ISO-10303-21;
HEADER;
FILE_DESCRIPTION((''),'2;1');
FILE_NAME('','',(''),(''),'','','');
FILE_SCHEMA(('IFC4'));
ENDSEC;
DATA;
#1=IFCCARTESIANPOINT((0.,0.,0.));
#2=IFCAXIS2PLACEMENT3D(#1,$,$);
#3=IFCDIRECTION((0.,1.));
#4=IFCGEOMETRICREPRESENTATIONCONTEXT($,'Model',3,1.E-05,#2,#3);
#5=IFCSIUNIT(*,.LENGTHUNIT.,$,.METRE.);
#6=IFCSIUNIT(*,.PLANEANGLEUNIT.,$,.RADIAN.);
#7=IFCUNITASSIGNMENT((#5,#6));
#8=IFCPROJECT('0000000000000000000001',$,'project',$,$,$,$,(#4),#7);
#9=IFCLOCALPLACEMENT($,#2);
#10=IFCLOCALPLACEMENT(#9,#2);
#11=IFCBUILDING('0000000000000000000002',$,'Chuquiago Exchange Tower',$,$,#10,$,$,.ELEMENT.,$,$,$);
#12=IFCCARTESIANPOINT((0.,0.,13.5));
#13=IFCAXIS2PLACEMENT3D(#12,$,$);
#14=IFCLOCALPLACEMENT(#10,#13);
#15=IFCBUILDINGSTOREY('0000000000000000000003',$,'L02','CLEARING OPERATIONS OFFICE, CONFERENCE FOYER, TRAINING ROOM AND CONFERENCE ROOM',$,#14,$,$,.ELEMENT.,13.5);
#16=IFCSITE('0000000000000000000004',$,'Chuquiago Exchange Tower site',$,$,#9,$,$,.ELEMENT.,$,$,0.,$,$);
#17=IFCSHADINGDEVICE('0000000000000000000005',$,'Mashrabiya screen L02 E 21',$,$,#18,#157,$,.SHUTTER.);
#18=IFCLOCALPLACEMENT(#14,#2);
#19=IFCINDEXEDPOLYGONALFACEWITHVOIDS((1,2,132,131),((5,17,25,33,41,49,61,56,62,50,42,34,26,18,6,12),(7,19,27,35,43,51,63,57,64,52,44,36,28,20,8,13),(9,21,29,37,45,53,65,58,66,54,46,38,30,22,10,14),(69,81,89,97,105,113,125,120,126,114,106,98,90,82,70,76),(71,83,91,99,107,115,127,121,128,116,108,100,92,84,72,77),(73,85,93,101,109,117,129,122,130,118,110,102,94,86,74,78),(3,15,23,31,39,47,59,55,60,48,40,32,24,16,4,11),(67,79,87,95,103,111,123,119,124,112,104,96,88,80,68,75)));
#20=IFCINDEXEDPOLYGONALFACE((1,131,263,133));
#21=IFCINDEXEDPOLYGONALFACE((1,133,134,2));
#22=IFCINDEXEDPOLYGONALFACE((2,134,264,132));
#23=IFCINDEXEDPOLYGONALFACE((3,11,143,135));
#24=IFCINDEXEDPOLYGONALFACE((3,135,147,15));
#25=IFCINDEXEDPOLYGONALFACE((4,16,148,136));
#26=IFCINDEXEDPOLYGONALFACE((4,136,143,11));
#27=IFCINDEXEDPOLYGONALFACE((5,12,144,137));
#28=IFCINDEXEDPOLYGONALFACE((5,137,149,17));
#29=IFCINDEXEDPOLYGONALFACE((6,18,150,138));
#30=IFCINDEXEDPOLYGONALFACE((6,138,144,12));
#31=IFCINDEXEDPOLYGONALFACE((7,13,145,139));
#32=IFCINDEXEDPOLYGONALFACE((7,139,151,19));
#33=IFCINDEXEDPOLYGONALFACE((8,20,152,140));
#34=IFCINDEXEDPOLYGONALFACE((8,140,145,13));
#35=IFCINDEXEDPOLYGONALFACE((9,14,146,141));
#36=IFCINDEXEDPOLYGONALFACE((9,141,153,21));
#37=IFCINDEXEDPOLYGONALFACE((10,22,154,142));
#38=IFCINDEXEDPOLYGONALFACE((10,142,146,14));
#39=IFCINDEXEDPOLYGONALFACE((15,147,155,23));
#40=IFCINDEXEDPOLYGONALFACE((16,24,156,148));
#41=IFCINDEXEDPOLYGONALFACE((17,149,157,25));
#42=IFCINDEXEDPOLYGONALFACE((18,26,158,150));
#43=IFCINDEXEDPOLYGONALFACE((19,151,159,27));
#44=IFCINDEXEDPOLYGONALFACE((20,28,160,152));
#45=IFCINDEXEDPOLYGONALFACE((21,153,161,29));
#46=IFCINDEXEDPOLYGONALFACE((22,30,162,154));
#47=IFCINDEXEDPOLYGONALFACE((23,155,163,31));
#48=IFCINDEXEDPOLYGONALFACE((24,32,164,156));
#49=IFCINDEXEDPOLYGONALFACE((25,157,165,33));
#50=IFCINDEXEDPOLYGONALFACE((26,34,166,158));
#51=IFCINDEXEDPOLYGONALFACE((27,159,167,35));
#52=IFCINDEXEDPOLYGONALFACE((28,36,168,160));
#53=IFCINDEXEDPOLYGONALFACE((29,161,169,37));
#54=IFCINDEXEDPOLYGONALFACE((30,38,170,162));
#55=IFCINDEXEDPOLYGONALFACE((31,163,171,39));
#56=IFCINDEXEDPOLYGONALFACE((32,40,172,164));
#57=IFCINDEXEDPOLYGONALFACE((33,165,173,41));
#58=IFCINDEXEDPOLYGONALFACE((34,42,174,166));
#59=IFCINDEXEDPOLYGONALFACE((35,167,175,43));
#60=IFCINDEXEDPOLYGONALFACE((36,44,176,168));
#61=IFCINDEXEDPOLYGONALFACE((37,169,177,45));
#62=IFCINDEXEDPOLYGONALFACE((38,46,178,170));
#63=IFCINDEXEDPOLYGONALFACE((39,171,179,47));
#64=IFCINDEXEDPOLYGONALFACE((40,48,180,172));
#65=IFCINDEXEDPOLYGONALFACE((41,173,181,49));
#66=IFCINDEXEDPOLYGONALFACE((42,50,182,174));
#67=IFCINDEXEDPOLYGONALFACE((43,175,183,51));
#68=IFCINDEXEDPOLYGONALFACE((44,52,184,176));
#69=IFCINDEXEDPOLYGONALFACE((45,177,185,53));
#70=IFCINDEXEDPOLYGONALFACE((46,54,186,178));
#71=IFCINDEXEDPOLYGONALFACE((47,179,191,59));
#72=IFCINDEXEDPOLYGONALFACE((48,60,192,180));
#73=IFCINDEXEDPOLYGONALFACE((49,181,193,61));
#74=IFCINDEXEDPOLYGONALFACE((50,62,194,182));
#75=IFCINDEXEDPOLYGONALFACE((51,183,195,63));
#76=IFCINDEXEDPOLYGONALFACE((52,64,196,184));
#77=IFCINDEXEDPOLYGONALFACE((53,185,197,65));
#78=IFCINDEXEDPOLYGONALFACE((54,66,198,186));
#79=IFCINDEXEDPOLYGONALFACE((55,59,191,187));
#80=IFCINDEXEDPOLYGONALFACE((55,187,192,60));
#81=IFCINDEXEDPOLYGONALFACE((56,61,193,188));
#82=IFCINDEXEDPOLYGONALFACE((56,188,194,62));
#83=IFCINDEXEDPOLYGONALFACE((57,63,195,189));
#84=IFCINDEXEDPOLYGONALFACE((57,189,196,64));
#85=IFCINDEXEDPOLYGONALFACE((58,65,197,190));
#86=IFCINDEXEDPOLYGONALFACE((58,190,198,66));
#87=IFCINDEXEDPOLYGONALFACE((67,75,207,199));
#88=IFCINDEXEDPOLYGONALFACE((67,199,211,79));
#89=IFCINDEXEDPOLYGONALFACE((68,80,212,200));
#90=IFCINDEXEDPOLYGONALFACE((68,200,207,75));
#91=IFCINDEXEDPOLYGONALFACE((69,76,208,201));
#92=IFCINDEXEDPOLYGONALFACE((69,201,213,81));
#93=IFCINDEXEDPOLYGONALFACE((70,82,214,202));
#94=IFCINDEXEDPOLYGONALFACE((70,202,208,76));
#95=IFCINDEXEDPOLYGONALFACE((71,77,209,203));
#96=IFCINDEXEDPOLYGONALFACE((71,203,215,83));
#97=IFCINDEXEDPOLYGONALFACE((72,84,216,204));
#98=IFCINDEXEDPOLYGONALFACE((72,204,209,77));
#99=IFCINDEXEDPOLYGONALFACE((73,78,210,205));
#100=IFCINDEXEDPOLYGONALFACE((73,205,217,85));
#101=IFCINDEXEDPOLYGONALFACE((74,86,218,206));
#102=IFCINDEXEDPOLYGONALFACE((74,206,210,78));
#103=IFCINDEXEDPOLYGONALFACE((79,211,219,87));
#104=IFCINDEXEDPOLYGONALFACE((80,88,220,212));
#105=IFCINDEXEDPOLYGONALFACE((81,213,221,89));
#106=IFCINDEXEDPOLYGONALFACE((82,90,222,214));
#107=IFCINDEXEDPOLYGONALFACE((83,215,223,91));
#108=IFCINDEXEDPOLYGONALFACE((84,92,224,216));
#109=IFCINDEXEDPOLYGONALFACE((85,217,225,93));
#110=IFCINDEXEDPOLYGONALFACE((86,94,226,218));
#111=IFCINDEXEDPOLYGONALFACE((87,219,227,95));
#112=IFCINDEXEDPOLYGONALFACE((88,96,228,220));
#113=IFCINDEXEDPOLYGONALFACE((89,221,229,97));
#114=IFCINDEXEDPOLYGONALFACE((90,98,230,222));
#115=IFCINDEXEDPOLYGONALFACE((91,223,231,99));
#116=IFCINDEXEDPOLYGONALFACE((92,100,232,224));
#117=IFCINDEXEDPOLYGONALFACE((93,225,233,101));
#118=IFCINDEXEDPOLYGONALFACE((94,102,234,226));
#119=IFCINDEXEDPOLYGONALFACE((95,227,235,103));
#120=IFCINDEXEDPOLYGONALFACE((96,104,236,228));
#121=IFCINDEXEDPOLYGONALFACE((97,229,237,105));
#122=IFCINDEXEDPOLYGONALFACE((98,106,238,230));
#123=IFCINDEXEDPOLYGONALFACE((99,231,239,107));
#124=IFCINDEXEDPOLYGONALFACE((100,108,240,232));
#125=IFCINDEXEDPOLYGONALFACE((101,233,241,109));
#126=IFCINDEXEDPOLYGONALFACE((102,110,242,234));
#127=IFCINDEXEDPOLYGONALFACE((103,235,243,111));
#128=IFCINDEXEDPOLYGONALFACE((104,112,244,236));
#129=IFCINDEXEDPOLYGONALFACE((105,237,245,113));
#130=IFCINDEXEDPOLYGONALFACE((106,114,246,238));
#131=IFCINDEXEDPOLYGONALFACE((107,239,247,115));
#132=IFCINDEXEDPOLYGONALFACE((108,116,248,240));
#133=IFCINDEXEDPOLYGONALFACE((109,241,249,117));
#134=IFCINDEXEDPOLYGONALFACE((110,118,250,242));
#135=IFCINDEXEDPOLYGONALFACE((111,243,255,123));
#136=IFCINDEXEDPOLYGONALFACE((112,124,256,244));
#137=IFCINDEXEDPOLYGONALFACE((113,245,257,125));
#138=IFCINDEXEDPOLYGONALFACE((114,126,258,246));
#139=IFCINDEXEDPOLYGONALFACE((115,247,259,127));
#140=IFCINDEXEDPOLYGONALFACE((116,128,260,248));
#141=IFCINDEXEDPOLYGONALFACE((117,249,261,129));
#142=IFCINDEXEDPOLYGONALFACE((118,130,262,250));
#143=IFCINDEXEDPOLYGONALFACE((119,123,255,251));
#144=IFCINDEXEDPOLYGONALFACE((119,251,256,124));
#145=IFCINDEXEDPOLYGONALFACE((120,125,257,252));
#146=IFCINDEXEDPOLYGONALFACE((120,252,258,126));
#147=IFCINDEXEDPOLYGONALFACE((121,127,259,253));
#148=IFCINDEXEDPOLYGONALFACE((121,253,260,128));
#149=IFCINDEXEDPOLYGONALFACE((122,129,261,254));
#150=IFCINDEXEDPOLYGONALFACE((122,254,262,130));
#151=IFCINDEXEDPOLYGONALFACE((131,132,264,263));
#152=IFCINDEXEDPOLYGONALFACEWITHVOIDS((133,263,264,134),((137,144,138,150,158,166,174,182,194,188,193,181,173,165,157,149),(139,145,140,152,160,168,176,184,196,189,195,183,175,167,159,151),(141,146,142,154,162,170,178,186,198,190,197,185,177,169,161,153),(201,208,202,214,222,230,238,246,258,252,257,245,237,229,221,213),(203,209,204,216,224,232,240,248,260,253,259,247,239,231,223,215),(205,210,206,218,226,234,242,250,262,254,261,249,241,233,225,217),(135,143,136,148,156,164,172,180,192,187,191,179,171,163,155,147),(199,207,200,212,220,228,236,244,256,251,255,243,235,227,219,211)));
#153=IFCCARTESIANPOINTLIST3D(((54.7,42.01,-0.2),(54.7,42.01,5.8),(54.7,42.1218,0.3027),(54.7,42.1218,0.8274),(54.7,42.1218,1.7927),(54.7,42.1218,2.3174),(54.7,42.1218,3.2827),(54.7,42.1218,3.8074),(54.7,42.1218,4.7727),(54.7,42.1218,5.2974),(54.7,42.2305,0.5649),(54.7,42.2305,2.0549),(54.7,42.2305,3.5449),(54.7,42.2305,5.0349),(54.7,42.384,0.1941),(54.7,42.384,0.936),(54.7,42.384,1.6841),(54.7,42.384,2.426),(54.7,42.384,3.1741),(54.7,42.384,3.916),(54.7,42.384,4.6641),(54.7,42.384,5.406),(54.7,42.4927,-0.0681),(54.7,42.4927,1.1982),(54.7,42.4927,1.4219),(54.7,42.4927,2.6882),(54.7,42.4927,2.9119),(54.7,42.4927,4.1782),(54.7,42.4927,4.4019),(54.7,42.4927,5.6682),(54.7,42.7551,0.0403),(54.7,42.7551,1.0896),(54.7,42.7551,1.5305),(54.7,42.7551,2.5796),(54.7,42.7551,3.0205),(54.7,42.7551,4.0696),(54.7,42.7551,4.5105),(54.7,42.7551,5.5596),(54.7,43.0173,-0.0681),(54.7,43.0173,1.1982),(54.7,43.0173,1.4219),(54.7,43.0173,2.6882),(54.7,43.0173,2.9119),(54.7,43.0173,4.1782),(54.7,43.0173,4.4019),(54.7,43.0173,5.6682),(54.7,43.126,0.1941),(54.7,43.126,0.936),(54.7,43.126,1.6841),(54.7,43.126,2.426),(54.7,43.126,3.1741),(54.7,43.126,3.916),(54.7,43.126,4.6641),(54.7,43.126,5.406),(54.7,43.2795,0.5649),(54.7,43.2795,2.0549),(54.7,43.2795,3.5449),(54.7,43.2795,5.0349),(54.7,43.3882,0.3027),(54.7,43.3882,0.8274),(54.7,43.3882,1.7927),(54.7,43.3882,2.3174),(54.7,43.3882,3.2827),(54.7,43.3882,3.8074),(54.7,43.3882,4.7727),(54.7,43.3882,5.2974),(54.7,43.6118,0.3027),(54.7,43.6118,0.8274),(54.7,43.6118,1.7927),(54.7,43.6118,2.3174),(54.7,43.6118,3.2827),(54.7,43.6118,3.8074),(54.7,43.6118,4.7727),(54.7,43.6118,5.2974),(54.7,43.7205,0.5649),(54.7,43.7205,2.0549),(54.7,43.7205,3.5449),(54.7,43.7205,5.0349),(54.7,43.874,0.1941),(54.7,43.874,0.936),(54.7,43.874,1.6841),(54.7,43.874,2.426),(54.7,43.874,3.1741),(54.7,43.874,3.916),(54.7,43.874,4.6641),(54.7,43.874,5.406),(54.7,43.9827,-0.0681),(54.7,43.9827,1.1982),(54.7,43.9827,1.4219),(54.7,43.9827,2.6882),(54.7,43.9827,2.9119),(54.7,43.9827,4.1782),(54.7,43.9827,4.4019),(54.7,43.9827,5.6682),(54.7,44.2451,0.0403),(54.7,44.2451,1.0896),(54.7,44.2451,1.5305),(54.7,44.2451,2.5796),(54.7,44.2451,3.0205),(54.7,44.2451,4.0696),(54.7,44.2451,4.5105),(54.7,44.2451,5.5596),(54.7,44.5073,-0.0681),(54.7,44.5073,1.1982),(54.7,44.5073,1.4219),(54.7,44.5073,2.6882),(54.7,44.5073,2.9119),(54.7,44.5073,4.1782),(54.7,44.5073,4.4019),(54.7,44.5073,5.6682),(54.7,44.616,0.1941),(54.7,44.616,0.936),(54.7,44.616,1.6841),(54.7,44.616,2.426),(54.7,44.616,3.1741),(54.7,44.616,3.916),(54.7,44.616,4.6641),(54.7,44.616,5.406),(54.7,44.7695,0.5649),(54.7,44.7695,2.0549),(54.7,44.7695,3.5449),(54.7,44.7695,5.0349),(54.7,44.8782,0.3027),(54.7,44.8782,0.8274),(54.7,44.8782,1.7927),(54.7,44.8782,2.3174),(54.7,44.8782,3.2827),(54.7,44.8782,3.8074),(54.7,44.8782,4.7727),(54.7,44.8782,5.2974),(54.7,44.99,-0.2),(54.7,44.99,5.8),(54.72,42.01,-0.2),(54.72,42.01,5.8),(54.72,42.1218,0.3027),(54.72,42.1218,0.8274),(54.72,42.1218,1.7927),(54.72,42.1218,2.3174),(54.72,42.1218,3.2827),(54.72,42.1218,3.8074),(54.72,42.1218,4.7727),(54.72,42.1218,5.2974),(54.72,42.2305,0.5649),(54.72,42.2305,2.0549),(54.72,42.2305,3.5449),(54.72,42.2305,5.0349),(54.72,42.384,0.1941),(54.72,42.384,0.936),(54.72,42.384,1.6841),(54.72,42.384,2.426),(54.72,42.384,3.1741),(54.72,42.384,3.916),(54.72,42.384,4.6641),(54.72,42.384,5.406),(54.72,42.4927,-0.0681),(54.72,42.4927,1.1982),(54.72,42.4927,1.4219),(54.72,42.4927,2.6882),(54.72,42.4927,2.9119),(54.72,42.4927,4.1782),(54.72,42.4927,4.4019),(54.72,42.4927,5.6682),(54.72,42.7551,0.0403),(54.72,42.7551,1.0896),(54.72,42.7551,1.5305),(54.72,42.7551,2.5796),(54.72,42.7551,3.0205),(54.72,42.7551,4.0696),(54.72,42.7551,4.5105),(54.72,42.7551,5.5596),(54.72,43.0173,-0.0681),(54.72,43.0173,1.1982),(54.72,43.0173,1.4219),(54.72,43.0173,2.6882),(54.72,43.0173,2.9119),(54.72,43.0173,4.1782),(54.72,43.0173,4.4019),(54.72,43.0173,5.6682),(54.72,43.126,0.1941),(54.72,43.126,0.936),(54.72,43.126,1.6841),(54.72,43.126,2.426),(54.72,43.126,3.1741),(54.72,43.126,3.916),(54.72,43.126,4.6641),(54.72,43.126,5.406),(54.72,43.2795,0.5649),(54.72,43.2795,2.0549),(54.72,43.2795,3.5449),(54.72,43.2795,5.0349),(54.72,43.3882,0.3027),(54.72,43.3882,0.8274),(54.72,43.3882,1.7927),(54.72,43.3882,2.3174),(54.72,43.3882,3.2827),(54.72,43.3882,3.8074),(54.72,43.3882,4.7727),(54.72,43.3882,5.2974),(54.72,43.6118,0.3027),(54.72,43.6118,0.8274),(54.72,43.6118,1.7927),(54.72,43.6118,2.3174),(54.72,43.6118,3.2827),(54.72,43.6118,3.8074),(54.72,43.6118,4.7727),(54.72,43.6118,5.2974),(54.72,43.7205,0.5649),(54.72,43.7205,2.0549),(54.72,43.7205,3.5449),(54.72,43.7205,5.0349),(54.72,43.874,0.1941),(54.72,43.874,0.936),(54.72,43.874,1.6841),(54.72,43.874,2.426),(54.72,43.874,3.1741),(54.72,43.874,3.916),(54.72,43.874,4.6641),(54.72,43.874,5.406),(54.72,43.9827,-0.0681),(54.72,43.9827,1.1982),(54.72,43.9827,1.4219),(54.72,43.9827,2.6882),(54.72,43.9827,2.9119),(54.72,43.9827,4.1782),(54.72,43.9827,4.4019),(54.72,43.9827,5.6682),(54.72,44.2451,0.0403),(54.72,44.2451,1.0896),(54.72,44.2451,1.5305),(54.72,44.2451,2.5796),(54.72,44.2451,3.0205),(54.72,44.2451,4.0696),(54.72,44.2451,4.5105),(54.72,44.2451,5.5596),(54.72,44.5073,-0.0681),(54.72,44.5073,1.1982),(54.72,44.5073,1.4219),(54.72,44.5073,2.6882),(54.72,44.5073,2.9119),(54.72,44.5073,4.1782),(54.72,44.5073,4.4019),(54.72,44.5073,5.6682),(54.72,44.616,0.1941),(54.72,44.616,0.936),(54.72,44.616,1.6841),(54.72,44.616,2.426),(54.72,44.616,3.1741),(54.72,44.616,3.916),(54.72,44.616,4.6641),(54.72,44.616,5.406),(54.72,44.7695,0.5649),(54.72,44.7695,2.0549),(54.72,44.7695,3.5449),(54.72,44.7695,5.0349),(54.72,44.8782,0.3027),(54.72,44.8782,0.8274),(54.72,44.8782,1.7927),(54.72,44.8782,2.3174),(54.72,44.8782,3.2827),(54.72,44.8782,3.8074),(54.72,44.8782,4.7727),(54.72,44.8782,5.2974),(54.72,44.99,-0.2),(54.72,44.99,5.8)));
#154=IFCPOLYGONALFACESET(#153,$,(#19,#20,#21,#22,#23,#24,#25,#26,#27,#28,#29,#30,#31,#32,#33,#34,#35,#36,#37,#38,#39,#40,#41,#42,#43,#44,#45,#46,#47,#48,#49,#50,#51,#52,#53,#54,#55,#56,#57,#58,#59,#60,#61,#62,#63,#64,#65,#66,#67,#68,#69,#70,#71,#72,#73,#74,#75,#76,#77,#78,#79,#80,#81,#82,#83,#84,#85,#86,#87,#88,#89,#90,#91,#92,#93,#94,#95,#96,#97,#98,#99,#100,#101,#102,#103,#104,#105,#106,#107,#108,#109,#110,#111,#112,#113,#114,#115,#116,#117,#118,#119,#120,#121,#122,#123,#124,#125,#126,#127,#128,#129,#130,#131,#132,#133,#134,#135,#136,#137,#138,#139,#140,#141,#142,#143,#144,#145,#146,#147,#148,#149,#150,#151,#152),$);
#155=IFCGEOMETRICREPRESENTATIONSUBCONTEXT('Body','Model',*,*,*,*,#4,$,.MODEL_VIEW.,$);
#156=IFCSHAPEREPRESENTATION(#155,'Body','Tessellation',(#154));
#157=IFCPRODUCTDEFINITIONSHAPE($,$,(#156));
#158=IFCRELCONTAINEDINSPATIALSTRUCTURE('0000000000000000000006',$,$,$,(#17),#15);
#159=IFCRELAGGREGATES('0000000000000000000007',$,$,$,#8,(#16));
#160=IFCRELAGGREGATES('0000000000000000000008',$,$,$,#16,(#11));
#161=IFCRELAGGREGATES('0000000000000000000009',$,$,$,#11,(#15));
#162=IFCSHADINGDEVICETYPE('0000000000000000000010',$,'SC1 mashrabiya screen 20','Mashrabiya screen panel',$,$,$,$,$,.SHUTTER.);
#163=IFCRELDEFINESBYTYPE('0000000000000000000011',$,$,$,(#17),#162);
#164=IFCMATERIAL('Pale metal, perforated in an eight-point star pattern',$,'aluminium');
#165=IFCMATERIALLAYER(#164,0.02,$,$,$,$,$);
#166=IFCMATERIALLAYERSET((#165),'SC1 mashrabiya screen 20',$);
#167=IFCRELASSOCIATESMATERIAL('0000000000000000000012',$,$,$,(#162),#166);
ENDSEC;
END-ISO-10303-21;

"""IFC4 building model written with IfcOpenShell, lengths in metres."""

from ifc_helpers import new_model, si_unit, direction, frame, origin, place, context, subcontext, project, spatial, polyline, outline, extrude, material, layer, layer_set, type_object, element, save


model = new_model("IFC4")

# Units and contexts
model_context = context("Model", 3, precision=1e-05, world=origin(), true_north=direction((0.0, 1.0)))
body_context = subcontext(model_context, "Body", "Model", "MODEL_VIEW")
ifc_project = project(units=[si_unit("LENGTHUNIT", "METRE"), si_unit("PLANEANGLEUNIT", "RADIAN")], contexts=[model_context])

# Site, building, storey
site_placement = place(None, origin())
site = spatial("IfcSite", under=ifc_project, at=site_placement, Name="Chuquiago Exchange Tower site", CompositionType="ELEMENT", RefElevation=0.0)
building_placement = place(site_placement, origin())
building = spatial("IfcBuilding", under=site, at=building_placement, Name="Chuquiago Exchange Tower", CompositionType="ELEMENT")
storey_placement = place(building_placement, frame((0.0, 0.0, 13.5)))
storey = spatial("IfcBuildingStorey", under=building, at=storey_placement, Name="L02", Description="CLEARING OPERATIONS OFFICE, CONFERENCE FOYER, TRAINING ROOM AND CONFERENCE ROOM", CompositionType="ELEMENT", Elevation=13.5)

# Shading device
ifc_material_1 = material(Name="Pale metal, perforated in an eight-point star pattern", Category="aluminium")
ifc_layer_1 = layer(ifc_material_1, 0.02)
ifc_layer_set_1 = layer_set([ifc_layer_1], Name="SC1 mashrabiya screen 20")
shading_device_type = type_object("IfcShadingDeviceType", Name="SC1 mashrabiya screen 20", Description="Mashrabiya screen panel", PredefinedType="SHUTTER", material=ifc_layer_set_1)
shading_device_1_placement = place(storey_placement, frame((54.7, 42.01, -0.2), z_axis=(0.0, 0.0, 1.0), x_axis=(0.0, 1.0, 0.0)))
element("IfcShadingDevice", 1, at=shading_device_1_placement, inside=storey, type_object=shading_device_type, Name="Mashrabiya screen L02 E 21", PredefinedType="SHUTTER", context=body_context, shape_type="SweptSolid", body=[
    extrude(outline(polyline([(0.0, 0.0), (2.98, 0.0), (2.98, 6.0), (0.0, 6.0), (0.0, 0.0)]), holes=[polyline([(1.2695, 0.7649), (1.3782, 1.0273), (1.116, 1.136), (1.0073, 1.3982), (0.7451, 1.2896), (0.4827, 1.3982), (0.374, 1.136), (0.1118, 1.0273), (0.2205, 0.7649), (0.1118, 0.5027), (0.374, 0.394), (0.4827, 0.1318), (0.7451, 0.2402), (1.0073, 0.1318), (1.116, 0.394), (1.3782, 0.5027), (1.2695, 0.7649)]), polyline([(2.7595, 0.7649), (2.8682, 1.0273), (2.606, 1.136), (2.4973, 1.3982), (2.2351, 1.2896), (1.9727, 1.3982), (1.864, 1.136), (1.6018, 1.0273), (1.7104, 0.7649), (1.6018, 0.5027), (1.864, 0.394), (1.9727, 0.1318), (2.2351, 0.2402), (2.4973, 0.1318), (2.606, 0.394), (2.8682, 0.5027), (2.7595, 0.7649)]), polyline([(1.2695, 2.2549), (1.3782, 2.5173), (1.116, 2.626), (1.0073, 2.8882), (0.7451, 2.7795), (0.4827, 2.8882), (0.374, 2.626), (0.1118, 2.5173), (0.2205, 2.2549), (0.1118, 1.9927), (0.374, 1.884), (0.4827, 1.6218), (0.7451, 1.7305), (1.0073, 1.6218), (1.116, 1.884), (1.3782, 1.9927), (1.2695, 2.2549)]), polyline([(2.7595, 2.2549), (2.8682, 2.5173), (2.606, 2.626), (2.4973, 2.8882), (2.2351, 2.7795), (1.9727, 2.8882), (1.864, 2.626), (1.6018, 2.5173), (1.7104, 2.2549), (1.6018, 1.9927), (1.864, 1.884), (1.9727, 1.6218), (2.2351, 1.7305), (2.4973, 1.6218), (2.606, 1.884), (2.8682, 1.9927), (2.7595, 2.2549)]), polyline([(1.2695, 3.7449), (1.3782, 4.0073), (1.116, 4.116), (1.0073, 4.3782), (0.7451, 4.2695), (0.4827, 4.3782), (0.374, 4.116), (0.1118, 4.0073), (0.2205, 3.7449), (0.1118, 3.4827), (0.374, 3.374), (0.4827, 3.1118), (0.7451, 3.2205), (1.0073, 3.1118), (1.116, 3.374), (1.3782, 3.4827), (1.2695, 3.7449)]), polyline([(2.7595, 3.7449), (2.8682, 4.0073), (2.606, 4.116), (2.4973, 4.3782), (2.2351, 4.2695), (1.9727, 4.3782), (1.864, 4.116), (1.6018, 4.0073), (1.7104, 3.7449), (1.6018, 3.4827), (1.864, 3.374), (1.9727, 3.1118), (2.2351, 3.2205), (2.4973, 3.1118), (2.606, 3.374), (2.8682, 3.4827), (2.7595, 3.7449)]), polyline([(1.2695, 5.2349), (1.3782, 5.4973), (1.116, 5.606), (1.0073, 5.8682), (0.7451, 5.7595), (0.4827, 5.8682), (0.374, 5.606), (0.1118, 5.4973), (0.2205, 5.2349), (0.1118, 4.9727), (0.374, 4.864), (0.4827, 4.6018), (0.7451, 4.7104), (1.0073, 4.6018), (1.116, 4.864), (1.3782, 4.9727), (1.2695, 5.2349)]), polyline([(2.7595, 5.2349), (2.8682, 5.4973), (2.606, 5.606), (2.4973, 5.8682), (2.2351, 5.7595), (1.9727, 5.8682), (1.864, 5.606), (1.6018, 5.4973), (1.7104, 5.2349), (1.6018, 4.9727), (1.864, 4.864), (1.9727, 4.6018), (2.2351, 4.7104), (2.4973, 4.6018), (2.606, 4.864), (2.8682, 4.9727), (2.7595, 5.2349)])]), frame((0.0, 0.0, 0.0), z_axis=(0.0, -1.0, 0.0), x_axis=(1.0, 0.0, 0.0)), (0.0, 0.0, 1.0), 0.02),
])

save(model, "model.ifc")
